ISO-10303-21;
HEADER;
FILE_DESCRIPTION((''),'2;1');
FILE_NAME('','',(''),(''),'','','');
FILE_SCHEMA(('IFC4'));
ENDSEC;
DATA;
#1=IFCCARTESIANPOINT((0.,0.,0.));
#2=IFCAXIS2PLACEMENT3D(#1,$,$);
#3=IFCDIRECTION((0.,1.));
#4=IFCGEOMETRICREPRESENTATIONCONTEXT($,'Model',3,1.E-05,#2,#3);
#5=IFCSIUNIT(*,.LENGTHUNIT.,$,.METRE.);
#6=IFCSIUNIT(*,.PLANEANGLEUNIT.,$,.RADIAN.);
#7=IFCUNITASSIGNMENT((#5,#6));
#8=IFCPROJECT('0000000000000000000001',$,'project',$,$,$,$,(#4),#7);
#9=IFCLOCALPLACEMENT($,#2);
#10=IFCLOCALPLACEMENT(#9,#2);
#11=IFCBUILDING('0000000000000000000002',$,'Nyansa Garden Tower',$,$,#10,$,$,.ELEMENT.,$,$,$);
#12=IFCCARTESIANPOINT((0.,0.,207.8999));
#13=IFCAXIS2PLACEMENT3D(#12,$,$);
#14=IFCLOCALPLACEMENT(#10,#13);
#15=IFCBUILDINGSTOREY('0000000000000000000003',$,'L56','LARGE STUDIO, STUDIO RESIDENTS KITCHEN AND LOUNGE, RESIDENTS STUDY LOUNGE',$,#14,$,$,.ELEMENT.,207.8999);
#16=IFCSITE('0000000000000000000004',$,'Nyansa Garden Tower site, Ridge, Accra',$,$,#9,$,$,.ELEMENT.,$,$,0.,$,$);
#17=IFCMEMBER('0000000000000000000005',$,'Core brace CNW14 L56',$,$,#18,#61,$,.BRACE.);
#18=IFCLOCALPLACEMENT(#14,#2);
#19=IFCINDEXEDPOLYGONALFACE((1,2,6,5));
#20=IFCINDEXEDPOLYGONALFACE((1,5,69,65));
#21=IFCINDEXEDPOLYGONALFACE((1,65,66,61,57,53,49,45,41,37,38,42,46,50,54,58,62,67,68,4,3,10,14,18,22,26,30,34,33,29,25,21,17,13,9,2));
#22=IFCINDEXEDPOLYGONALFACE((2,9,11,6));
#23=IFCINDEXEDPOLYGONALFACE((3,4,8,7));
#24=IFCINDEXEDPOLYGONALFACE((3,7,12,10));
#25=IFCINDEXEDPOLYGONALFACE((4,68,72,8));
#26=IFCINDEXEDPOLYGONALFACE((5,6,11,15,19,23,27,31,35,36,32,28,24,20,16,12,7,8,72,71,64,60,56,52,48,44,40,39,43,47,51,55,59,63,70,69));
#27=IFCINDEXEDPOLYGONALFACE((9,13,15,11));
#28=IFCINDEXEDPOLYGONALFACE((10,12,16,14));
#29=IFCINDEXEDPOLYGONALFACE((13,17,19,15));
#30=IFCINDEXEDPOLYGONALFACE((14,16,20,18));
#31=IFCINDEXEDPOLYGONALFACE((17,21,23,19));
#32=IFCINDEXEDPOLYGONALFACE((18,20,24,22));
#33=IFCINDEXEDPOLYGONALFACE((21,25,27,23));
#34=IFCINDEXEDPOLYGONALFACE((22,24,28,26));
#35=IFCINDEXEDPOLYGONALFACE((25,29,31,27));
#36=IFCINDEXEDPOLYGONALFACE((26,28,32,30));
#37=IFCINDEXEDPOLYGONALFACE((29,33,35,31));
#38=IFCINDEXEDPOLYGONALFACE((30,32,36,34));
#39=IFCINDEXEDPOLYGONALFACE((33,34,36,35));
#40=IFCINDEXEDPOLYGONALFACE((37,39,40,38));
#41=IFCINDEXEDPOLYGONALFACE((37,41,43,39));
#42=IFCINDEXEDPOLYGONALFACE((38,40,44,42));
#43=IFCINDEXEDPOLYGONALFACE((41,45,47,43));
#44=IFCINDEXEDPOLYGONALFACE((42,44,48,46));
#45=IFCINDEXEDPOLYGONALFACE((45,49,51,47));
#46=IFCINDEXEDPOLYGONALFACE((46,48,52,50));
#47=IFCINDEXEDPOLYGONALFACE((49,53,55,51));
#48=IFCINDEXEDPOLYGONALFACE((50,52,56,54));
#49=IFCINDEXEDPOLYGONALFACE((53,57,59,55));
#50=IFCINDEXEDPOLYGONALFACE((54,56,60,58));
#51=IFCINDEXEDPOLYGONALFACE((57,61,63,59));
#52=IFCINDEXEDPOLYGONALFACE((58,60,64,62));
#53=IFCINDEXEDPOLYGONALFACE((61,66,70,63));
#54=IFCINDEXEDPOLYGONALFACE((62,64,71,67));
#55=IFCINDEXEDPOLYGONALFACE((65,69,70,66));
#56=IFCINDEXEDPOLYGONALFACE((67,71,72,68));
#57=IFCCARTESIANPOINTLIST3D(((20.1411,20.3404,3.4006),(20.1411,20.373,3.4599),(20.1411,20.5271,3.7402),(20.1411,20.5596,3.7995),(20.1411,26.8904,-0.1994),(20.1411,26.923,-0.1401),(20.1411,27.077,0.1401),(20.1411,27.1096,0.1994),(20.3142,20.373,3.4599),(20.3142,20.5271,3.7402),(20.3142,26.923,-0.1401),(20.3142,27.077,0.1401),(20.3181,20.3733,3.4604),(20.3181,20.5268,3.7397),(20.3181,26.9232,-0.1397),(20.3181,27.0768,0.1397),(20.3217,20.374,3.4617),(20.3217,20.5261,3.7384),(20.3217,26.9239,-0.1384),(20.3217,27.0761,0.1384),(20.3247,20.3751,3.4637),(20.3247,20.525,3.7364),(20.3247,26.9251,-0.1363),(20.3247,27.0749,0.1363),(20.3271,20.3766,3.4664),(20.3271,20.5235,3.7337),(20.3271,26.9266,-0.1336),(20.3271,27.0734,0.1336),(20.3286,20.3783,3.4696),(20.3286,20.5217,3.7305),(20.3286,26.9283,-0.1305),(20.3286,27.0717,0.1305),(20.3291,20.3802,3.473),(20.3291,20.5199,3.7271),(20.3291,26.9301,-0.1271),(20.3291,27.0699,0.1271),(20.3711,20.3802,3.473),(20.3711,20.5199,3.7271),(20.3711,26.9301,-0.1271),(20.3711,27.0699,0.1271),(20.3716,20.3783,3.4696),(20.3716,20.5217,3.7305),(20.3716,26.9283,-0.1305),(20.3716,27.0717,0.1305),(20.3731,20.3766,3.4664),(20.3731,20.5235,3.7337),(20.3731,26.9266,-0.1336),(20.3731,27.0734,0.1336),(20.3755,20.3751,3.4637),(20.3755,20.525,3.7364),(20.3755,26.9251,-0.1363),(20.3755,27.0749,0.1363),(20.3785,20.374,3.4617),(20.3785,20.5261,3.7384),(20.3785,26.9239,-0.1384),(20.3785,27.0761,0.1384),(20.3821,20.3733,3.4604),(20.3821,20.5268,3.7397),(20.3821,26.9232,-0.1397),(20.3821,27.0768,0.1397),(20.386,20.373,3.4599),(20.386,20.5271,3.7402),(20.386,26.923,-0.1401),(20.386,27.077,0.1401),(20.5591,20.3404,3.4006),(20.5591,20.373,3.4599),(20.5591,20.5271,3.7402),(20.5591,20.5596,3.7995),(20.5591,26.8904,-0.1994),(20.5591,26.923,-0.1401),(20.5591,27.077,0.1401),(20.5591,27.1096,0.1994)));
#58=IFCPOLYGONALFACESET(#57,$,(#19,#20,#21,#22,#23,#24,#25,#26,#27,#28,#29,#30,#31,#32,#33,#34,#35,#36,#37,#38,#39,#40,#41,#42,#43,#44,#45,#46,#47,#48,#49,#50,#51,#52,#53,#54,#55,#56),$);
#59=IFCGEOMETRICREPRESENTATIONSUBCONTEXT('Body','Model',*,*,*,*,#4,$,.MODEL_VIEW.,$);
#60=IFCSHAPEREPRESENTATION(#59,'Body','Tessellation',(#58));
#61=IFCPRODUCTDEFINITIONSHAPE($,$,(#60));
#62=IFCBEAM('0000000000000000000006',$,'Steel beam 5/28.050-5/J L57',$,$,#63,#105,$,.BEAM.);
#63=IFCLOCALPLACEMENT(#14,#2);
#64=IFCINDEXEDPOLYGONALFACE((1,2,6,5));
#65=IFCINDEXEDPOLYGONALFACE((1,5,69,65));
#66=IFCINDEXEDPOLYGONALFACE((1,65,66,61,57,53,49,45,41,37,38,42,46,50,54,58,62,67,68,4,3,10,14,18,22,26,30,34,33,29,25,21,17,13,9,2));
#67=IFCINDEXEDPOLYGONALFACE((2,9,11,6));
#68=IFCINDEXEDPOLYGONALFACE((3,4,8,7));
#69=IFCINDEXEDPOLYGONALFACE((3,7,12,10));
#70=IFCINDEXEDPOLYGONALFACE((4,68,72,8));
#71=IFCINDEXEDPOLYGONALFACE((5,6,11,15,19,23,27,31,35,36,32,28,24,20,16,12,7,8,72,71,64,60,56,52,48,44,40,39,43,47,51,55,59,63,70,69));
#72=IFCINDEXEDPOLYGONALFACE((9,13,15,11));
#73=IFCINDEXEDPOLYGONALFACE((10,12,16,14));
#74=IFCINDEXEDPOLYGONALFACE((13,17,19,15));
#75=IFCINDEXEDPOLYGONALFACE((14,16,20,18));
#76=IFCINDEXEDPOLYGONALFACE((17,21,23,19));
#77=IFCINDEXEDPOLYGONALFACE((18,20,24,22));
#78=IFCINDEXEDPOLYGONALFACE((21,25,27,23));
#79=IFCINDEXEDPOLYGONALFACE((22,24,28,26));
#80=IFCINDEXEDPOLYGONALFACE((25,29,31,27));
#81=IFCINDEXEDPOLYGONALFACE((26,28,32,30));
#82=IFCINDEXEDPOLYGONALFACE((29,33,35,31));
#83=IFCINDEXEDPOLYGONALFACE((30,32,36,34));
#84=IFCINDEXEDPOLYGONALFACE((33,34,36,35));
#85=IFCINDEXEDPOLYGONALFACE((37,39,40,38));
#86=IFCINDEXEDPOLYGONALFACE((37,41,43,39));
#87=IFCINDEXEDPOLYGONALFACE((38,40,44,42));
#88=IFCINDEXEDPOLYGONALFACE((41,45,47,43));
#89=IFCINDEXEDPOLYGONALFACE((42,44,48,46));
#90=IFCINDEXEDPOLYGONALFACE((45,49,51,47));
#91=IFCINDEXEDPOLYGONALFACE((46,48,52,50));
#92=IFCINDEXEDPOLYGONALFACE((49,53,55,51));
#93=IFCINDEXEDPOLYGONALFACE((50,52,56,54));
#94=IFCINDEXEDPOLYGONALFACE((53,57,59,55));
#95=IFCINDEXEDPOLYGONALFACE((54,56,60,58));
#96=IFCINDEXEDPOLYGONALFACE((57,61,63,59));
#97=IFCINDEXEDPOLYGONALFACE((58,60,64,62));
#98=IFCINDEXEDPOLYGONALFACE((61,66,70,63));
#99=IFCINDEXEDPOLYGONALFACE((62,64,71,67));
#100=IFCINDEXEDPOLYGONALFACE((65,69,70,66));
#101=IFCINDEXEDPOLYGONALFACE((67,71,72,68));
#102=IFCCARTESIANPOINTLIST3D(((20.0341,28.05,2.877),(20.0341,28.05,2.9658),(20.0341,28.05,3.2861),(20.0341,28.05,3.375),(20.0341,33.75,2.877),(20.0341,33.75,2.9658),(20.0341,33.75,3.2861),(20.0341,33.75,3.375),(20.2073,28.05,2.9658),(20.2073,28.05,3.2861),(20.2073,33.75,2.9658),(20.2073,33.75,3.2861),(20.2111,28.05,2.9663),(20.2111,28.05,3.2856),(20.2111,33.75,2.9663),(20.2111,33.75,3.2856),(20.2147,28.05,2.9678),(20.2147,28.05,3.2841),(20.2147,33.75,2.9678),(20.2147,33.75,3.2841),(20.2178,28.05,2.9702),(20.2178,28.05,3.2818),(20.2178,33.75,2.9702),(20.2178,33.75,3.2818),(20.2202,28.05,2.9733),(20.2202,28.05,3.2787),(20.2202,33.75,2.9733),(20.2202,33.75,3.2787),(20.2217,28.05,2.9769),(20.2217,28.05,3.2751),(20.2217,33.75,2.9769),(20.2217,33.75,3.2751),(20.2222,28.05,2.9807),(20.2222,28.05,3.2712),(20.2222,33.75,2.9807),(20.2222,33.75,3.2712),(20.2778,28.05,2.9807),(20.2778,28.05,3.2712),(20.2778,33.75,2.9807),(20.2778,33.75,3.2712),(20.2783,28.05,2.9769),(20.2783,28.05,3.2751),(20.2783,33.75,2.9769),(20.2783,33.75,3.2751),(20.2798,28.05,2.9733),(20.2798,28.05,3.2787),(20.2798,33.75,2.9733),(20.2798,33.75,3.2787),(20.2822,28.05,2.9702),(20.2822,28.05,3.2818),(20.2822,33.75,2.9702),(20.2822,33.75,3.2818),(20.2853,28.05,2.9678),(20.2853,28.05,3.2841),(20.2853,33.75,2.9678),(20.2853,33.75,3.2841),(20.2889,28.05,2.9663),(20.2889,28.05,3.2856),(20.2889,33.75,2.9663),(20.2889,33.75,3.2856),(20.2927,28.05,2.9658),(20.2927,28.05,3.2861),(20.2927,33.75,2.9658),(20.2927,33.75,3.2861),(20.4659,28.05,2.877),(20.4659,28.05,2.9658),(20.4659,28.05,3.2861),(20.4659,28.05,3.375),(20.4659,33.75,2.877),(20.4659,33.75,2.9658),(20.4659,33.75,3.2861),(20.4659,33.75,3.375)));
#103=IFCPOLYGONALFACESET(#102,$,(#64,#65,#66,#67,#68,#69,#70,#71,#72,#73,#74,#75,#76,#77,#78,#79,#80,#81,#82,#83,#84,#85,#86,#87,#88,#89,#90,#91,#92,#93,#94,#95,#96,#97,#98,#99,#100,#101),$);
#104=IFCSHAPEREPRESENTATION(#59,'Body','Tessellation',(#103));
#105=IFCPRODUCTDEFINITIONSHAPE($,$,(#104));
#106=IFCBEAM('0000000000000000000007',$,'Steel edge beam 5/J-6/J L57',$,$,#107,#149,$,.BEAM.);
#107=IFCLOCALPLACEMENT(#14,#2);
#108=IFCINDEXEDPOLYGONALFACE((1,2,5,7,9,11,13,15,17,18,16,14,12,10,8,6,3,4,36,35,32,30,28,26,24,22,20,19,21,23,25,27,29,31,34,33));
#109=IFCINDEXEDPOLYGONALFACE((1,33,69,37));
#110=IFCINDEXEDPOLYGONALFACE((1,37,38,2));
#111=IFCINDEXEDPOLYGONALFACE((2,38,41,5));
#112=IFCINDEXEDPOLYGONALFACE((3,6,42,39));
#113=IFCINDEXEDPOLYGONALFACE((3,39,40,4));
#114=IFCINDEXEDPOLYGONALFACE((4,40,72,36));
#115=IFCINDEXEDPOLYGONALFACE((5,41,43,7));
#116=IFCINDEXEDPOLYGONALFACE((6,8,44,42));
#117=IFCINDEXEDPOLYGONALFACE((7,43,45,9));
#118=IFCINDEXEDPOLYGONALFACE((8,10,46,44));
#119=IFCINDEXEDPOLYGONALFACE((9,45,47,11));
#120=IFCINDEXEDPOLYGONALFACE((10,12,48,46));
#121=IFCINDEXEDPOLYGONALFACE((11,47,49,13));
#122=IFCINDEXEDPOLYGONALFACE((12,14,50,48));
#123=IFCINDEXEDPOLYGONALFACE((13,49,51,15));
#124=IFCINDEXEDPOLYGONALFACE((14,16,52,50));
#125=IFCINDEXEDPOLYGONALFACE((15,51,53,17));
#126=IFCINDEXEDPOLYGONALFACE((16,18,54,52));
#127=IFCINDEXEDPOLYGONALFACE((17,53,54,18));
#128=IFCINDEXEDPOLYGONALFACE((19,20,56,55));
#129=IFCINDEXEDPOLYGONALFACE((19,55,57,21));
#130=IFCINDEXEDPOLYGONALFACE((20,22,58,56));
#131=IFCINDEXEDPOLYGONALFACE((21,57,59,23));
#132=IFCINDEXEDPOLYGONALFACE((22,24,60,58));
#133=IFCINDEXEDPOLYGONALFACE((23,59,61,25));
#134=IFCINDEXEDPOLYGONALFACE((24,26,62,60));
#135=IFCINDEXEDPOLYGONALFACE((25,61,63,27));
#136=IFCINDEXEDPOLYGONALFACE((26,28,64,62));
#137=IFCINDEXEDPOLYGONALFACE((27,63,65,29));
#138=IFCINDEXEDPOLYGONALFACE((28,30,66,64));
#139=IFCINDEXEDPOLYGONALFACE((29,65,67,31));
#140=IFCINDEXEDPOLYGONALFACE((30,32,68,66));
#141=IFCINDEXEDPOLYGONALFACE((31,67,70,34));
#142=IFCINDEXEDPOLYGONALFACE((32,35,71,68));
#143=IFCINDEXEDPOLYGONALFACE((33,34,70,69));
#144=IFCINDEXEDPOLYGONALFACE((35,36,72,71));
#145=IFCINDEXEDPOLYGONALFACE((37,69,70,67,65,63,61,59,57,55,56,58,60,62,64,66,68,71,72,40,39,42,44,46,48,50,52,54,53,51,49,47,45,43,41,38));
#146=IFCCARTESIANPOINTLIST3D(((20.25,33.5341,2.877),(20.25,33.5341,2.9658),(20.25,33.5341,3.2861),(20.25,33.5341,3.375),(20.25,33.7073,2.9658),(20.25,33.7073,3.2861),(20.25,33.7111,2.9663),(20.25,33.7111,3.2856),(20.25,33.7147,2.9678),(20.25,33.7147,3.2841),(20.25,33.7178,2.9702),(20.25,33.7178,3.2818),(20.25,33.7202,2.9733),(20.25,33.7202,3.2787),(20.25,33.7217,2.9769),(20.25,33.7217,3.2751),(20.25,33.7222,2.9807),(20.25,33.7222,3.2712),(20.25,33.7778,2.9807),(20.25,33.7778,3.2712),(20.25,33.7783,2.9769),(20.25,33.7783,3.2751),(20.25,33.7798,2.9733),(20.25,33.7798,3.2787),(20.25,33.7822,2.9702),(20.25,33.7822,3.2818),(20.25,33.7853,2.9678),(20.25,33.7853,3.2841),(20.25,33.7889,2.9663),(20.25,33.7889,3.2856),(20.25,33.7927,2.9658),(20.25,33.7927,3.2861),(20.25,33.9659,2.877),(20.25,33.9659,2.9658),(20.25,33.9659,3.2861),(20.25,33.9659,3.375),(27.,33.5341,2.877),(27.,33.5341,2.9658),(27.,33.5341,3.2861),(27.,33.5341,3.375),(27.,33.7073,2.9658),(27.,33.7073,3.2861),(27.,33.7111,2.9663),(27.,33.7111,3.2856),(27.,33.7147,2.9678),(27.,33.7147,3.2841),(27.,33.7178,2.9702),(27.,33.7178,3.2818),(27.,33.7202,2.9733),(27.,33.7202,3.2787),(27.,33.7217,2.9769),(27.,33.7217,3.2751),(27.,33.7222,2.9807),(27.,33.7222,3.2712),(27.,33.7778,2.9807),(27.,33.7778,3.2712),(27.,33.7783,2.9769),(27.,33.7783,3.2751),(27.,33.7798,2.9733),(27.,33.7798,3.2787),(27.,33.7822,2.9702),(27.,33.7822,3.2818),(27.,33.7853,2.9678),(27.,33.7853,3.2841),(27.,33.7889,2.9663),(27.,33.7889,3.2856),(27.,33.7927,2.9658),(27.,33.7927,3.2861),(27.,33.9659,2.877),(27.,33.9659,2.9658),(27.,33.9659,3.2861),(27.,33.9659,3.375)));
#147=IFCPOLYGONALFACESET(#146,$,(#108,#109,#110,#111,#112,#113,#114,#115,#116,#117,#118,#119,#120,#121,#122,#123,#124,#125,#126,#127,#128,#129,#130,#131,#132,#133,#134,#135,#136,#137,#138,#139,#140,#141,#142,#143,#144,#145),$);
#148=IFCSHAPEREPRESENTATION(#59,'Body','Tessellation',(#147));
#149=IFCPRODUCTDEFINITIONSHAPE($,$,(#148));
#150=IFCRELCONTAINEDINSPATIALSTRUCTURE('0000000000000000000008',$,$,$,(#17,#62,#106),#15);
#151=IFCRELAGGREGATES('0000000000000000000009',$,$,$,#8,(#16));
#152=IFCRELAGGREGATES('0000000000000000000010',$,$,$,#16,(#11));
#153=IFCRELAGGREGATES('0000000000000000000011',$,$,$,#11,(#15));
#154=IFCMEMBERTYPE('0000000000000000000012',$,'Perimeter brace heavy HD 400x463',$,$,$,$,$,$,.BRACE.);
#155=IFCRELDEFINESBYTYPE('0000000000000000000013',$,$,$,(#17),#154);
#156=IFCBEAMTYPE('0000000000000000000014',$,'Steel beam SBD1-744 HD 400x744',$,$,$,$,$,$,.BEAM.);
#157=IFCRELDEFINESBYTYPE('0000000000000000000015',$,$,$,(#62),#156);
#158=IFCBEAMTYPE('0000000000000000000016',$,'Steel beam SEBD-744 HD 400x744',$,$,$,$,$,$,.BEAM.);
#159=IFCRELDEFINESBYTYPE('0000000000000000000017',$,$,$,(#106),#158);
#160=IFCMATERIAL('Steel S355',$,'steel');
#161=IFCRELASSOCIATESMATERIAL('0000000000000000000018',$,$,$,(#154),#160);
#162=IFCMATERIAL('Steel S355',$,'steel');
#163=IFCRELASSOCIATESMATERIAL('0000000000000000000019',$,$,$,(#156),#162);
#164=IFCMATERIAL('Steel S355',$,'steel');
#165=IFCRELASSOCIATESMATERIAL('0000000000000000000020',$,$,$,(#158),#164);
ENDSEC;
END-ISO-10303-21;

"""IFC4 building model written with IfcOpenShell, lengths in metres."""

from ifc_helpers import new_model, si_unit, direction, frame, origin, origin_2d, place, context, subcontext, project, spatial, i_section, extrude, material, material_profile, profile_set, type_object, element, save


model = new_model("IFC4")

# Units and contexts
model_context = context("Model", 3, precision=1e-05, world=origin(), true_north=direction((0.0, 1.0)))
body_context = subcontext(model_context, "Body", "Model", "MODEL_VIEW")
ifc_project = project(units=[si_unit("LENGTHUNIT", "METRE"), si_unit("PLANEANGLEUNIT", "RADIAN")], contexts=[model_context])

# Site, building, storey
site_placement = place(None, origin())
site = spatial("IfcSite", under=ifc_project, at=site_placement, Name="Nyansa Garden Tower site, Ridge, Accra", CompositionType="ELEMENT", RefElevation=0.0)
building_placement = place(site_placement, origin())
building = spatial("IfcBuilding", under=site, at=building_placement, Name="Nyansa Garden Tower", CompositionType="ELEMENT")
storey_placement = place(building_placement, frame((0.0, 0.0, 207.8999)))
storey = spatial("IfcBuildingStorey", under=building, at=storey_placement, Name="L56", Description="LARGE STUDIO, STUDIO RESIDENTS KITCHEN AND LOUNGE, RESIDENTS STUDY LOUNGE", CompositionType="ELEMENT", Elevation=207.8999)

# Member
ifc_material_1 = material(Name="Steel S355", Category="steel")
ifc_material_profile_1 = material_profile(ifc_material_1, i_section(OverallWidth=0.418, OverallDepth=0.4551, WebThickness=0.042, FlangeThickness=0.0676, FilletRadius=0.0149, at=origin_2d()), Name="HD 400x463")
ifc_profile_set_1 = profile_set([ifc_material_profile_1], Name="Steel S355")
member_type_1 = type_object("IfcMemberType", Name="Perimeter brace heavy HD 400x463", PredefinedType="BRACE", material=ifc_profile_set_1)
for number, where, z_axis, x_axis, name in (
    (1, (20.3501, 27.0, 0.0), (0.0, -0.876353, 0.481669), (1.0, 0.0, 0.0), "Core brace CNW14 L56"),
):
    element("IfcMember", number, at=place(storey_placement, frame(where, z_axis=z_axis, x_axis=x_axis)), inside=storey, type_object=member_type_1, Name=name, PredefinedType="BRACE", context=body_context, shape_type="SweptSolid", body=[
        extrude(i_section(OverallWidth=0.418, OverallDepth=0.4551, WebThickness=0.042, FlangeThickness=0.0676, FilletRadius=0.0149, at=origin_2d()), origin(), (0.0, 0.0, 1.0), 7.4741),
    ])

# Beams
ifc_material_2 = material(Name="Steel S355", Category="steel")
ifc_material_profile_2 = material_profile(ifc_material_2, i_section(OverallWidth=0.4319, OverallDepth=0.498, WebThickness=0.0557, FlangeThickness=0.0889, FilletRadius=0.0149, at=origin_2d()), Name="HD 400x744")
ifc_profile_set_2 = profile_set([ifc_material_profile_2], Name="Steel S355")
beam_type_1 = type_object("IfcBeamType", Name="Steel beam SBD1-744 HD 400x744", PredefinedType="BEAM", material=ifc_profile_set_2)
beam_1_placement = place(storey_placement, frame((20.25, 28.05, 3.126), z_axis=(0.0, 1.0, 0.0), x_axis=(-1.0, 0.0, 0.0)))
element("IfcBeam", 2, at=beam_1_placement, inside=storey, type_object=beam_type_1, Name="Steel beam 5/28.050-5/J L57", PredefinedType="BEAM", context=body_context, shape_type="SweptSolid", body=[
    extrude(i_section(OverallWidth=0.4319, OverallDepth=0.498, WebThickness=0.0557, FlangeThickness=0.0889, FilletRadius=0.0149, at=origin_2d()), origin(), (0.0, 0.0, 1.0), 5.7),
])
ifc_material_3 = material(Name="Steel S355", Category="steel")
ifc_material_profile_3 = material_profile(ifc_material_3, i_section(OverallWidth=0.4319, OverallDepth=0.498, WebThickness=0.0557, FlangeThickness=0.0889, FilletRadius=0.0149, at=origin_2d()), Name="HD 400x744")
ifc_profile_set_3 = profile_set([ifc_material_profile_3], Name="Steel S355")
beam_type_2 = type_object("IfcBeamType", Name="Steel beam SEBD-744 HD 400x744", PredefinedType="BEAM", material=ifc_profile_set_3)
beam_2_placement = place(storey_placement, frame((20.25, 33.75, 3.126), z_axis=(1.0, 0.0, 0.0), x_axis=(0.0, 1.0, 0.0)))
element("IfcBeam", 3, at=beam_2_placement, inside=storey, type_object=beam_type_2, Name="Steel edge beam 5/J-6/J L57", PredefinedType="BEAM", context=body_context, shape_type="SweptSolid", body=[
    extrude(i_section(OverallWidth=0.4319, OverallDepth=0.498, WebThickness=0.0557, FlangeThickness=0.0889, FilletRadius=0.0149, at=origin_2d()), origin(), (0.0, 0.0, 1.0), 6.75),
])

save(model, "model.ifc")
